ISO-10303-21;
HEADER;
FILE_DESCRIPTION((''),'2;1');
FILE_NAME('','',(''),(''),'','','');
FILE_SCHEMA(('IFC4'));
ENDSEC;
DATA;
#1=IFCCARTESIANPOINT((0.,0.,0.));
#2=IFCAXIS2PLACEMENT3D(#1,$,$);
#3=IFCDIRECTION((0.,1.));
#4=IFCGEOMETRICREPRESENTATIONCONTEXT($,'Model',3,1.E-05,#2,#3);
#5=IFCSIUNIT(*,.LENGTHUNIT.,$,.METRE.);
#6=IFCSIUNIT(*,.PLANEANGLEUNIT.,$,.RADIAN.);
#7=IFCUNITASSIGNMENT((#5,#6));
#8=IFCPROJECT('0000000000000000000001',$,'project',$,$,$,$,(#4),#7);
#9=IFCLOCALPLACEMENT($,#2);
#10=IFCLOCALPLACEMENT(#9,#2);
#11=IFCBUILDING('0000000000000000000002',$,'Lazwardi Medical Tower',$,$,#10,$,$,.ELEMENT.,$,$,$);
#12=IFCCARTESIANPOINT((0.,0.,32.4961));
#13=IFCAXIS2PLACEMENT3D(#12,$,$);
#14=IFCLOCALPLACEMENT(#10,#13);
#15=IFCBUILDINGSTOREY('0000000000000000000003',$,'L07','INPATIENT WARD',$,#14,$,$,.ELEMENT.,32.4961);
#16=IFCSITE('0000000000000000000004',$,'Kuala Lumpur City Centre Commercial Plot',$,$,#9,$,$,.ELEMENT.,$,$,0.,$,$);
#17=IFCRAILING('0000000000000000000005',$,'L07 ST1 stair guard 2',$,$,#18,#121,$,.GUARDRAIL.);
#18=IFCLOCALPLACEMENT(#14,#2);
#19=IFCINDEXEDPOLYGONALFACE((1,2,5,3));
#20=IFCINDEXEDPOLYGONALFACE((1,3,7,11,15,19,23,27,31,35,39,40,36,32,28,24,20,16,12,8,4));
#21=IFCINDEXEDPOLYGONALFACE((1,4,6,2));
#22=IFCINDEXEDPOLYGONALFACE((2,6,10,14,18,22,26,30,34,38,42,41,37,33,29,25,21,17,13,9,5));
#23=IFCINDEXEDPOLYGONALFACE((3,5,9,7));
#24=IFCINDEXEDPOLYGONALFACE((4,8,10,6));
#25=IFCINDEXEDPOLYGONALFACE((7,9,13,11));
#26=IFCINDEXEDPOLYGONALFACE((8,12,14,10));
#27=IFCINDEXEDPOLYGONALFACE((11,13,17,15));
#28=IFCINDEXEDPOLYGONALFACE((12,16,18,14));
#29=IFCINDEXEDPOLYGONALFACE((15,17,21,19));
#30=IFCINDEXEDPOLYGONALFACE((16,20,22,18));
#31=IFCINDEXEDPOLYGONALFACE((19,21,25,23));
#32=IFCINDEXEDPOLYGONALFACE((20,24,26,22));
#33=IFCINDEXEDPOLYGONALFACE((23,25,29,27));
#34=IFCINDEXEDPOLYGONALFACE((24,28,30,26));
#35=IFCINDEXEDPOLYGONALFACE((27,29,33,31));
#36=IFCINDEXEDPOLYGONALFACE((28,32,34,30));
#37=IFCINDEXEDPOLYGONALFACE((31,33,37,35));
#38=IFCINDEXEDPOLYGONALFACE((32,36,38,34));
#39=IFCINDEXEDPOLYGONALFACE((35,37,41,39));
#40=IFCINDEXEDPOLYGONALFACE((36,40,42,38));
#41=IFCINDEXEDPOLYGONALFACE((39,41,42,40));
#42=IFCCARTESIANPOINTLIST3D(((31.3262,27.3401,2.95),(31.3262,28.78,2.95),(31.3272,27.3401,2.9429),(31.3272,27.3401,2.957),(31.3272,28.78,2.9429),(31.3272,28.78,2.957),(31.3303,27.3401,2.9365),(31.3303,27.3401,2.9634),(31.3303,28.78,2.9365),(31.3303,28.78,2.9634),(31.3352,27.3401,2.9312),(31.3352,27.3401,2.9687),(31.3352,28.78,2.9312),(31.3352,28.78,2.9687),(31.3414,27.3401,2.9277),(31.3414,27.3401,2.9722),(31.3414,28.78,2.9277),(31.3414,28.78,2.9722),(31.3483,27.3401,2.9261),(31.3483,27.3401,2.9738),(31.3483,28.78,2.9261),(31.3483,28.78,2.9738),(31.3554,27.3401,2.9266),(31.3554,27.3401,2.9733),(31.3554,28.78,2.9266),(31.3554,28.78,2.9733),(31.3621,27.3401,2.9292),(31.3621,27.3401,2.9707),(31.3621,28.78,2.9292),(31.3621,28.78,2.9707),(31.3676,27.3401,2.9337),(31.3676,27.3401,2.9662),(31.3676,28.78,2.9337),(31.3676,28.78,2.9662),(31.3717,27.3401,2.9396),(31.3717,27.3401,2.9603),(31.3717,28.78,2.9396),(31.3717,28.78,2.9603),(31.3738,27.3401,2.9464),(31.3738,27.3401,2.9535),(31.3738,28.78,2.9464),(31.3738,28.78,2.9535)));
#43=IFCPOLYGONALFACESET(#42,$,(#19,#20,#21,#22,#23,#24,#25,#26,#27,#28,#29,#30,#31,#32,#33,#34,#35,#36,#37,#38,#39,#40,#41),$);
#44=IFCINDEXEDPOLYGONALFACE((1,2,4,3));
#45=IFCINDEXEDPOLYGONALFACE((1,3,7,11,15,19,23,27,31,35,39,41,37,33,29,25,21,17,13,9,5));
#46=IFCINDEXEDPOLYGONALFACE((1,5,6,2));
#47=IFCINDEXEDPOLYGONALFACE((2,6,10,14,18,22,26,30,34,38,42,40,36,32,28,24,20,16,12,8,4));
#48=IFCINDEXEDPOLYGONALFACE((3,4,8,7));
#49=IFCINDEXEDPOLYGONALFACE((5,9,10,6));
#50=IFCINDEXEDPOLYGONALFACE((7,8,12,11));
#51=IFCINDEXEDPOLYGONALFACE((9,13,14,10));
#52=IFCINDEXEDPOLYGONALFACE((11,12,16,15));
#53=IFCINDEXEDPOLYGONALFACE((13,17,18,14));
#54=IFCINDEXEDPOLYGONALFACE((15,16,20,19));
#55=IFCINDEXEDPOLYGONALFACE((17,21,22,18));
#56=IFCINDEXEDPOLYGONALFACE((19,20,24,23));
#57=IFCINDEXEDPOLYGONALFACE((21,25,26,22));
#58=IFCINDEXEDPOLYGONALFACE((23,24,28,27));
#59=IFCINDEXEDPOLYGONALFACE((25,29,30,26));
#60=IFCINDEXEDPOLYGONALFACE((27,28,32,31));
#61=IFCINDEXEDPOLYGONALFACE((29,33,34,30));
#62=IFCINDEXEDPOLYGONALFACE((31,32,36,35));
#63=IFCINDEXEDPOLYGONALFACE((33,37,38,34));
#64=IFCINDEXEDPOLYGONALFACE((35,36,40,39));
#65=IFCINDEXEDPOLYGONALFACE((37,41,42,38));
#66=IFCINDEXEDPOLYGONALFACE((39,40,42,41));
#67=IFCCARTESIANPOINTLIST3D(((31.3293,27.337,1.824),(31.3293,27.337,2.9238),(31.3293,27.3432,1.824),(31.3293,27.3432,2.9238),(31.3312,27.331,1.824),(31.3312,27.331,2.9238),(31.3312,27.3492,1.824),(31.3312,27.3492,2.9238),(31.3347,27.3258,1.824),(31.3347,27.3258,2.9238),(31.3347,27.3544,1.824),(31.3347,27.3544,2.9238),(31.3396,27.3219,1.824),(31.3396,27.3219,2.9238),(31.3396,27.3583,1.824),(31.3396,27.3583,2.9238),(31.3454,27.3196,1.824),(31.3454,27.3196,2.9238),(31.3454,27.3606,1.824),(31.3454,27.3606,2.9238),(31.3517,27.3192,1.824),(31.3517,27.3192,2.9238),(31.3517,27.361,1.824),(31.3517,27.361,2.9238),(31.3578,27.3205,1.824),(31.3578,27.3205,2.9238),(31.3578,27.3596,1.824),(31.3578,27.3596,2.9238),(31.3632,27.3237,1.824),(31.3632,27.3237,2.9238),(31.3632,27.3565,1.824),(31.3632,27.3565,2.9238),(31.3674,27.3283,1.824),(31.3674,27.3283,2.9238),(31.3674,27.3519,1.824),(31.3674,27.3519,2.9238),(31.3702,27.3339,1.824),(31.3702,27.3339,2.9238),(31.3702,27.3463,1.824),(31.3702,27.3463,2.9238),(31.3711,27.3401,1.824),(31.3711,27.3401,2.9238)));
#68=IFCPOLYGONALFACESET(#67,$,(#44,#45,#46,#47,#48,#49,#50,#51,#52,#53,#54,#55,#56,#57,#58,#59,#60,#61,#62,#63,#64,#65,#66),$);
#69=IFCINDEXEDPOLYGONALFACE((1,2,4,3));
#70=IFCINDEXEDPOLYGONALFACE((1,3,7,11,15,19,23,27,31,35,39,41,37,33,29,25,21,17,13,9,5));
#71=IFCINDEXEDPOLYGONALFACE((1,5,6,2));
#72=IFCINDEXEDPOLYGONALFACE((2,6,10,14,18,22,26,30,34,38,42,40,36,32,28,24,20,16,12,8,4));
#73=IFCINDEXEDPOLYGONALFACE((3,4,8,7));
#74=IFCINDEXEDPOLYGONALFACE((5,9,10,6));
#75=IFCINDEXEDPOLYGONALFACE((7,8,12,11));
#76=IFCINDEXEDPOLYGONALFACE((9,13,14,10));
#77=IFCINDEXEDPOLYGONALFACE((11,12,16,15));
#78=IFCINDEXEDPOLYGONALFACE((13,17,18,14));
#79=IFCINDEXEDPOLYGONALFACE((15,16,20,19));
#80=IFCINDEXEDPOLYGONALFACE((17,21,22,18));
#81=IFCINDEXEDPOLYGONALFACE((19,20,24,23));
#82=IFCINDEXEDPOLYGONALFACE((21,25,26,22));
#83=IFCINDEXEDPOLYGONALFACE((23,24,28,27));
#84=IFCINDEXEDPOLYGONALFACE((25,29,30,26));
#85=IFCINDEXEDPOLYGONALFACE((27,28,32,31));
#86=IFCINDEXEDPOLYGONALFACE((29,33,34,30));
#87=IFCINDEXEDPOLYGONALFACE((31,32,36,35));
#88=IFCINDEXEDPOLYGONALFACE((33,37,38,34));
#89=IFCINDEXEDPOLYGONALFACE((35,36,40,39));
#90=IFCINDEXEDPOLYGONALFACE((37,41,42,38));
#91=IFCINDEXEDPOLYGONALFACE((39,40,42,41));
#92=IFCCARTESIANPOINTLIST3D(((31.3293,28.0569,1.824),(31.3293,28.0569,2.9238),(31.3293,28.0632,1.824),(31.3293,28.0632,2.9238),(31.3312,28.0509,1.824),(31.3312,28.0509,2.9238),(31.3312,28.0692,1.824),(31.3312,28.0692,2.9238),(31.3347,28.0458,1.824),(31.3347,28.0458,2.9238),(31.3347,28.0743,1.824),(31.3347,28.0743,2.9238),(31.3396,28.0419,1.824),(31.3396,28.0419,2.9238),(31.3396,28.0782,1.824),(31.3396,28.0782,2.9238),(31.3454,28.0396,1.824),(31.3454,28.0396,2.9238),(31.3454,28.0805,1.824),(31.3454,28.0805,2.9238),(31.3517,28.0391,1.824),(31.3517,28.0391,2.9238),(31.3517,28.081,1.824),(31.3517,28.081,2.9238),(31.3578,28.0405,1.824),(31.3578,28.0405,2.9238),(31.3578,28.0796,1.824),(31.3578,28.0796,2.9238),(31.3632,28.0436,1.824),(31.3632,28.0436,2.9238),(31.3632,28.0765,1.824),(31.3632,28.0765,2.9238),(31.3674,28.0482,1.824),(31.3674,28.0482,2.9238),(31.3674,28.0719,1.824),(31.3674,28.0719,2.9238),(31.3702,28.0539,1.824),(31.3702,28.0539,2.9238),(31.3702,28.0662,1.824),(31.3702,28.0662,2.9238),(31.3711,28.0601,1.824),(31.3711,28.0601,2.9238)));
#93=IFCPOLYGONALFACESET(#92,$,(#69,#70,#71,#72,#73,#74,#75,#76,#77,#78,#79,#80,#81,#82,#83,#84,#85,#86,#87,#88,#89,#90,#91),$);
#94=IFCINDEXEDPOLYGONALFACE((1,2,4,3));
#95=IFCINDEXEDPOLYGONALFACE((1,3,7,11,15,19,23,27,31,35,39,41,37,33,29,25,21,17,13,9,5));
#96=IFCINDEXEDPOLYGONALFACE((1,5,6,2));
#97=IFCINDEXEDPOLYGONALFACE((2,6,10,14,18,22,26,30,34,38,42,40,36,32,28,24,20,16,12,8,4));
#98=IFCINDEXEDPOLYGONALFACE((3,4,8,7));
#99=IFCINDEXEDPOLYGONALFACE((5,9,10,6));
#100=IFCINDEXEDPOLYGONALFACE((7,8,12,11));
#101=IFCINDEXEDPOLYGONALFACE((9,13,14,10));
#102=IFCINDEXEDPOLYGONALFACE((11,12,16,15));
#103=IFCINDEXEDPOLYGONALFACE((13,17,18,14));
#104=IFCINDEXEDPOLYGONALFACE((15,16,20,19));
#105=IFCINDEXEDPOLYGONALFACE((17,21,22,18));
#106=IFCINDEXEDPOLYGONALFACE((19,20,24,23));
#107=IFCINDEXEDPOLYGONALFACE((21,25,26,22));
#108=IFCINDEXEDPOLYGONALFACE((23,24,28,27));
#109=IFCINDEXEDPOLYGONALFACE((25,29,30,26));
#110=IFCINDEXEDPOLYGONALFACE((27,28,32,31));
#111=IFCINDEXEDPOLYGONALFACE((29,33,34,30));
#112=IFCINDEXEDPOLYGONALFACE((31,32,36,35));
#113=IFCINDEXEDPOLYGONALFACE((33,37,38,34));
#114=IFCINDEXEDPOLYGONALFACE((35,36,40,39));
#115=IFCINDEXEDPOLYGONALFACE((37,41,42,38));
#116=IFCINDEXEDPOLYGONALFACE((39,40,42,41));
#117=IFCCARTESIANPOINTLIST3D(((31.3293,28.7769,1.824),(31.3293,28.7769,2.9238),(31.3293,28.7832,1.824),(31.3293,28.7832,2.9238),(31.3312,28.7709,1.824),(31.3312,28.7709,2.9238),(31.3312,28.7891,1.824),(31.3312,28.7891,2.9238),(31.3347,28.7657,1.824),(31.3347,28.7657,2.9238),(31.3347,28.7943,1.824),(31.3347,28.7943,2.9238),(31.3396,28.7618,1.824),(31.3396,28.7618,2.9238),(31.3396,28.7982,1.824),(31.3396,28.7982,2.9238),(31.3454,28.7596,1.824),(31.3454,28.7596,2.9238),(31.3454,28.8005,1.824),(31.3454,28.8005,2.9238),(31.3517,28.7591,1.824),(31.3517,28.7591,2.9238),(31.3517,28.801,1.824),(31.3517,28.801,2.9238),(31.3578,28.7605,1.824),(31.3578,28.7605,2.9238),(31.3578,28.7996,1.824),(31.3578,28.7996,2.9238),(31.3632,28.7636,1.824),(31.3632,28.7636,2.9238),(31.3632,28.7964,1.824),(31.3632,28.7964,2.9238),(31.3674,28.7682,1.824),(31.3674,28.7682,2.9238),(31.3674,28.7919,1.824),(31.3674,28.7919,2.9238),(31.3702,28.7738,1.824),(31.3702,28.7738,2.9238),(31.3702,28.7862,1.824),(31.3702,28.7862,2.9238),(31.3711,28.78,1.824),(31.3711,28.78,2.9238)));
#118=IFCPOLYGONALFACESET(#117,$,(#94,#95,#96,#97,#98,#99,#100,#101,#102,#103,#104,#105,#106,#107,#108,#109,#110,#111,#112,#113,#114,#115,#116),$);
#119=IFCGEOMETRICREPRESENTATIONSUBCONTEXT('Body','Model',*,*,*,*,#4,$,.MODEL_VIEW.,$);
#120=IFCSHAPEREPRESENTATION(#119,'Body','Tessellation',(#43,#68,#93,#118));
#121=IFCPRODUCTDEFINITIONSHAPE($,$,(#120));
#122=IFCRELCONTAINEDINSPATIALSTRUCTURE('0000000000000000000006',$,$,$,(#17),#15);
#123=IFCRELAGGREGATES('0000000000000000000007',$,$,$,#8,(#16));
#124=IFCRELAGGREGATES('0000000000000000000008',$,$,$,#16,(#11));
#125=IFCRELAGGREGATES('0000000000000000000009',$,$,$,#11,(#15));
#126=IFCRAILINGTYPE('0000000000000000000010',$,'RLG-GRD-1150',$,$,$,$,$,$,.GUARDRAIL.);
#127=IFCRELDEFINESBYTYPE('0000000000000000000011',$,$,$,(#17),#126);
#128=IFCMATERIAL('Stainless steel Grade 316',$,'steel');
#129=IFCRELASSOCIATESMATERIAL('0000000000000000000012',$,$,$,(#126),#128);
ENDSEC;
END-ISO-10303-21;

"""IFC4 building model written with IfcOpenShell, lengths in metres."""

from ifc_helpers import new_model, si_unit, direction, frame, origin, origin_2d, place, context, subcontext, project, spatial, circle, extrude, material, type_object, element, save


model = new_model("IFC4")

# Units and contexts
model_context = context("Model", 3, precision=1e-05, world=origin(), true_north=direction((0.0, 1.0)))
body_context = subcontext(model_context, "Body", "Model", "MODEL_VIEW")
ifc_project = project(units=[si_unit("LENGTHUNIT", "METRE"), si_unit("PLANEANGLEUNIT", "RADIAN")], contexts=[model_context])

# Site, building, storey
site_placement = place(None, origin())
site = spatial("IfcSite", under=ifc_project, at=site_placement, Name="Kuala Lumpur City Centre Commercial Plot", CompositionType="ELEMENT", RefElevation=0.0)
building_placement = place(site_placement, origin())
building = spatial("IfcBuilding", under=site, at=building_placement, Name="Lazwardi Medical Tower", CompositionType="ELEMENT")
storey_placement = place(building_placement, frame((0.0, 0.0, 32.4961)))
storey = spatial("IfcBuildingStorey", under=building, at=storey_placement, Name="L07", Description="INPATIENT WARD", CompositionType="ELEMENT", Elevation=32.4961)

# Railing
ifc_material_1 = material(Name="Stainless steel Grade 316", Category="steel")
railing_type_1 = type_object("IfcRailingType", Name="RLG-GRD-1150", PredefinedType="GUARDRAIL", material=ifc_material_1)
railing_1_placement = place(storey_placement, frame((31.3501, 27.3401, 1.824)))
element("IfcRailing", 1, at=railing_1_placement, inside=storey, type_object=railing_type_1, Name="L07 ST1 stair guard 2", PredefinedType="GUARDRAIL", context=body_context, shape_type="SweptSolid", body=[
    extrude(circle(Radius=0.0239, at=origin_2d()), frame((0.0, 0.0, 1.126), z_axis=(0.0, 1.0, 0.0), x_axis=(-1.0, 0.0, 0.0)), (0.0, 0.0, 1.0), 1.4399),
    extrude(circle(Radius=0.021, at=origin_2d()), origin(), (0.0, 0.0, 1.0), 1.0999),
    extrude(circle(Radius=0.021, at=origin_2d()), frame((0.0, 0.72, 0.0)), (0.0, 0.0, 1.0), 1.0999),
    extrude(circle(Radius=0.021, at=origin_2d()), frame((0.0, 1.4399, 0.0)), (0.0, 0.0, 1.0), 1.0999),
])

save(model, "model.ifc")
